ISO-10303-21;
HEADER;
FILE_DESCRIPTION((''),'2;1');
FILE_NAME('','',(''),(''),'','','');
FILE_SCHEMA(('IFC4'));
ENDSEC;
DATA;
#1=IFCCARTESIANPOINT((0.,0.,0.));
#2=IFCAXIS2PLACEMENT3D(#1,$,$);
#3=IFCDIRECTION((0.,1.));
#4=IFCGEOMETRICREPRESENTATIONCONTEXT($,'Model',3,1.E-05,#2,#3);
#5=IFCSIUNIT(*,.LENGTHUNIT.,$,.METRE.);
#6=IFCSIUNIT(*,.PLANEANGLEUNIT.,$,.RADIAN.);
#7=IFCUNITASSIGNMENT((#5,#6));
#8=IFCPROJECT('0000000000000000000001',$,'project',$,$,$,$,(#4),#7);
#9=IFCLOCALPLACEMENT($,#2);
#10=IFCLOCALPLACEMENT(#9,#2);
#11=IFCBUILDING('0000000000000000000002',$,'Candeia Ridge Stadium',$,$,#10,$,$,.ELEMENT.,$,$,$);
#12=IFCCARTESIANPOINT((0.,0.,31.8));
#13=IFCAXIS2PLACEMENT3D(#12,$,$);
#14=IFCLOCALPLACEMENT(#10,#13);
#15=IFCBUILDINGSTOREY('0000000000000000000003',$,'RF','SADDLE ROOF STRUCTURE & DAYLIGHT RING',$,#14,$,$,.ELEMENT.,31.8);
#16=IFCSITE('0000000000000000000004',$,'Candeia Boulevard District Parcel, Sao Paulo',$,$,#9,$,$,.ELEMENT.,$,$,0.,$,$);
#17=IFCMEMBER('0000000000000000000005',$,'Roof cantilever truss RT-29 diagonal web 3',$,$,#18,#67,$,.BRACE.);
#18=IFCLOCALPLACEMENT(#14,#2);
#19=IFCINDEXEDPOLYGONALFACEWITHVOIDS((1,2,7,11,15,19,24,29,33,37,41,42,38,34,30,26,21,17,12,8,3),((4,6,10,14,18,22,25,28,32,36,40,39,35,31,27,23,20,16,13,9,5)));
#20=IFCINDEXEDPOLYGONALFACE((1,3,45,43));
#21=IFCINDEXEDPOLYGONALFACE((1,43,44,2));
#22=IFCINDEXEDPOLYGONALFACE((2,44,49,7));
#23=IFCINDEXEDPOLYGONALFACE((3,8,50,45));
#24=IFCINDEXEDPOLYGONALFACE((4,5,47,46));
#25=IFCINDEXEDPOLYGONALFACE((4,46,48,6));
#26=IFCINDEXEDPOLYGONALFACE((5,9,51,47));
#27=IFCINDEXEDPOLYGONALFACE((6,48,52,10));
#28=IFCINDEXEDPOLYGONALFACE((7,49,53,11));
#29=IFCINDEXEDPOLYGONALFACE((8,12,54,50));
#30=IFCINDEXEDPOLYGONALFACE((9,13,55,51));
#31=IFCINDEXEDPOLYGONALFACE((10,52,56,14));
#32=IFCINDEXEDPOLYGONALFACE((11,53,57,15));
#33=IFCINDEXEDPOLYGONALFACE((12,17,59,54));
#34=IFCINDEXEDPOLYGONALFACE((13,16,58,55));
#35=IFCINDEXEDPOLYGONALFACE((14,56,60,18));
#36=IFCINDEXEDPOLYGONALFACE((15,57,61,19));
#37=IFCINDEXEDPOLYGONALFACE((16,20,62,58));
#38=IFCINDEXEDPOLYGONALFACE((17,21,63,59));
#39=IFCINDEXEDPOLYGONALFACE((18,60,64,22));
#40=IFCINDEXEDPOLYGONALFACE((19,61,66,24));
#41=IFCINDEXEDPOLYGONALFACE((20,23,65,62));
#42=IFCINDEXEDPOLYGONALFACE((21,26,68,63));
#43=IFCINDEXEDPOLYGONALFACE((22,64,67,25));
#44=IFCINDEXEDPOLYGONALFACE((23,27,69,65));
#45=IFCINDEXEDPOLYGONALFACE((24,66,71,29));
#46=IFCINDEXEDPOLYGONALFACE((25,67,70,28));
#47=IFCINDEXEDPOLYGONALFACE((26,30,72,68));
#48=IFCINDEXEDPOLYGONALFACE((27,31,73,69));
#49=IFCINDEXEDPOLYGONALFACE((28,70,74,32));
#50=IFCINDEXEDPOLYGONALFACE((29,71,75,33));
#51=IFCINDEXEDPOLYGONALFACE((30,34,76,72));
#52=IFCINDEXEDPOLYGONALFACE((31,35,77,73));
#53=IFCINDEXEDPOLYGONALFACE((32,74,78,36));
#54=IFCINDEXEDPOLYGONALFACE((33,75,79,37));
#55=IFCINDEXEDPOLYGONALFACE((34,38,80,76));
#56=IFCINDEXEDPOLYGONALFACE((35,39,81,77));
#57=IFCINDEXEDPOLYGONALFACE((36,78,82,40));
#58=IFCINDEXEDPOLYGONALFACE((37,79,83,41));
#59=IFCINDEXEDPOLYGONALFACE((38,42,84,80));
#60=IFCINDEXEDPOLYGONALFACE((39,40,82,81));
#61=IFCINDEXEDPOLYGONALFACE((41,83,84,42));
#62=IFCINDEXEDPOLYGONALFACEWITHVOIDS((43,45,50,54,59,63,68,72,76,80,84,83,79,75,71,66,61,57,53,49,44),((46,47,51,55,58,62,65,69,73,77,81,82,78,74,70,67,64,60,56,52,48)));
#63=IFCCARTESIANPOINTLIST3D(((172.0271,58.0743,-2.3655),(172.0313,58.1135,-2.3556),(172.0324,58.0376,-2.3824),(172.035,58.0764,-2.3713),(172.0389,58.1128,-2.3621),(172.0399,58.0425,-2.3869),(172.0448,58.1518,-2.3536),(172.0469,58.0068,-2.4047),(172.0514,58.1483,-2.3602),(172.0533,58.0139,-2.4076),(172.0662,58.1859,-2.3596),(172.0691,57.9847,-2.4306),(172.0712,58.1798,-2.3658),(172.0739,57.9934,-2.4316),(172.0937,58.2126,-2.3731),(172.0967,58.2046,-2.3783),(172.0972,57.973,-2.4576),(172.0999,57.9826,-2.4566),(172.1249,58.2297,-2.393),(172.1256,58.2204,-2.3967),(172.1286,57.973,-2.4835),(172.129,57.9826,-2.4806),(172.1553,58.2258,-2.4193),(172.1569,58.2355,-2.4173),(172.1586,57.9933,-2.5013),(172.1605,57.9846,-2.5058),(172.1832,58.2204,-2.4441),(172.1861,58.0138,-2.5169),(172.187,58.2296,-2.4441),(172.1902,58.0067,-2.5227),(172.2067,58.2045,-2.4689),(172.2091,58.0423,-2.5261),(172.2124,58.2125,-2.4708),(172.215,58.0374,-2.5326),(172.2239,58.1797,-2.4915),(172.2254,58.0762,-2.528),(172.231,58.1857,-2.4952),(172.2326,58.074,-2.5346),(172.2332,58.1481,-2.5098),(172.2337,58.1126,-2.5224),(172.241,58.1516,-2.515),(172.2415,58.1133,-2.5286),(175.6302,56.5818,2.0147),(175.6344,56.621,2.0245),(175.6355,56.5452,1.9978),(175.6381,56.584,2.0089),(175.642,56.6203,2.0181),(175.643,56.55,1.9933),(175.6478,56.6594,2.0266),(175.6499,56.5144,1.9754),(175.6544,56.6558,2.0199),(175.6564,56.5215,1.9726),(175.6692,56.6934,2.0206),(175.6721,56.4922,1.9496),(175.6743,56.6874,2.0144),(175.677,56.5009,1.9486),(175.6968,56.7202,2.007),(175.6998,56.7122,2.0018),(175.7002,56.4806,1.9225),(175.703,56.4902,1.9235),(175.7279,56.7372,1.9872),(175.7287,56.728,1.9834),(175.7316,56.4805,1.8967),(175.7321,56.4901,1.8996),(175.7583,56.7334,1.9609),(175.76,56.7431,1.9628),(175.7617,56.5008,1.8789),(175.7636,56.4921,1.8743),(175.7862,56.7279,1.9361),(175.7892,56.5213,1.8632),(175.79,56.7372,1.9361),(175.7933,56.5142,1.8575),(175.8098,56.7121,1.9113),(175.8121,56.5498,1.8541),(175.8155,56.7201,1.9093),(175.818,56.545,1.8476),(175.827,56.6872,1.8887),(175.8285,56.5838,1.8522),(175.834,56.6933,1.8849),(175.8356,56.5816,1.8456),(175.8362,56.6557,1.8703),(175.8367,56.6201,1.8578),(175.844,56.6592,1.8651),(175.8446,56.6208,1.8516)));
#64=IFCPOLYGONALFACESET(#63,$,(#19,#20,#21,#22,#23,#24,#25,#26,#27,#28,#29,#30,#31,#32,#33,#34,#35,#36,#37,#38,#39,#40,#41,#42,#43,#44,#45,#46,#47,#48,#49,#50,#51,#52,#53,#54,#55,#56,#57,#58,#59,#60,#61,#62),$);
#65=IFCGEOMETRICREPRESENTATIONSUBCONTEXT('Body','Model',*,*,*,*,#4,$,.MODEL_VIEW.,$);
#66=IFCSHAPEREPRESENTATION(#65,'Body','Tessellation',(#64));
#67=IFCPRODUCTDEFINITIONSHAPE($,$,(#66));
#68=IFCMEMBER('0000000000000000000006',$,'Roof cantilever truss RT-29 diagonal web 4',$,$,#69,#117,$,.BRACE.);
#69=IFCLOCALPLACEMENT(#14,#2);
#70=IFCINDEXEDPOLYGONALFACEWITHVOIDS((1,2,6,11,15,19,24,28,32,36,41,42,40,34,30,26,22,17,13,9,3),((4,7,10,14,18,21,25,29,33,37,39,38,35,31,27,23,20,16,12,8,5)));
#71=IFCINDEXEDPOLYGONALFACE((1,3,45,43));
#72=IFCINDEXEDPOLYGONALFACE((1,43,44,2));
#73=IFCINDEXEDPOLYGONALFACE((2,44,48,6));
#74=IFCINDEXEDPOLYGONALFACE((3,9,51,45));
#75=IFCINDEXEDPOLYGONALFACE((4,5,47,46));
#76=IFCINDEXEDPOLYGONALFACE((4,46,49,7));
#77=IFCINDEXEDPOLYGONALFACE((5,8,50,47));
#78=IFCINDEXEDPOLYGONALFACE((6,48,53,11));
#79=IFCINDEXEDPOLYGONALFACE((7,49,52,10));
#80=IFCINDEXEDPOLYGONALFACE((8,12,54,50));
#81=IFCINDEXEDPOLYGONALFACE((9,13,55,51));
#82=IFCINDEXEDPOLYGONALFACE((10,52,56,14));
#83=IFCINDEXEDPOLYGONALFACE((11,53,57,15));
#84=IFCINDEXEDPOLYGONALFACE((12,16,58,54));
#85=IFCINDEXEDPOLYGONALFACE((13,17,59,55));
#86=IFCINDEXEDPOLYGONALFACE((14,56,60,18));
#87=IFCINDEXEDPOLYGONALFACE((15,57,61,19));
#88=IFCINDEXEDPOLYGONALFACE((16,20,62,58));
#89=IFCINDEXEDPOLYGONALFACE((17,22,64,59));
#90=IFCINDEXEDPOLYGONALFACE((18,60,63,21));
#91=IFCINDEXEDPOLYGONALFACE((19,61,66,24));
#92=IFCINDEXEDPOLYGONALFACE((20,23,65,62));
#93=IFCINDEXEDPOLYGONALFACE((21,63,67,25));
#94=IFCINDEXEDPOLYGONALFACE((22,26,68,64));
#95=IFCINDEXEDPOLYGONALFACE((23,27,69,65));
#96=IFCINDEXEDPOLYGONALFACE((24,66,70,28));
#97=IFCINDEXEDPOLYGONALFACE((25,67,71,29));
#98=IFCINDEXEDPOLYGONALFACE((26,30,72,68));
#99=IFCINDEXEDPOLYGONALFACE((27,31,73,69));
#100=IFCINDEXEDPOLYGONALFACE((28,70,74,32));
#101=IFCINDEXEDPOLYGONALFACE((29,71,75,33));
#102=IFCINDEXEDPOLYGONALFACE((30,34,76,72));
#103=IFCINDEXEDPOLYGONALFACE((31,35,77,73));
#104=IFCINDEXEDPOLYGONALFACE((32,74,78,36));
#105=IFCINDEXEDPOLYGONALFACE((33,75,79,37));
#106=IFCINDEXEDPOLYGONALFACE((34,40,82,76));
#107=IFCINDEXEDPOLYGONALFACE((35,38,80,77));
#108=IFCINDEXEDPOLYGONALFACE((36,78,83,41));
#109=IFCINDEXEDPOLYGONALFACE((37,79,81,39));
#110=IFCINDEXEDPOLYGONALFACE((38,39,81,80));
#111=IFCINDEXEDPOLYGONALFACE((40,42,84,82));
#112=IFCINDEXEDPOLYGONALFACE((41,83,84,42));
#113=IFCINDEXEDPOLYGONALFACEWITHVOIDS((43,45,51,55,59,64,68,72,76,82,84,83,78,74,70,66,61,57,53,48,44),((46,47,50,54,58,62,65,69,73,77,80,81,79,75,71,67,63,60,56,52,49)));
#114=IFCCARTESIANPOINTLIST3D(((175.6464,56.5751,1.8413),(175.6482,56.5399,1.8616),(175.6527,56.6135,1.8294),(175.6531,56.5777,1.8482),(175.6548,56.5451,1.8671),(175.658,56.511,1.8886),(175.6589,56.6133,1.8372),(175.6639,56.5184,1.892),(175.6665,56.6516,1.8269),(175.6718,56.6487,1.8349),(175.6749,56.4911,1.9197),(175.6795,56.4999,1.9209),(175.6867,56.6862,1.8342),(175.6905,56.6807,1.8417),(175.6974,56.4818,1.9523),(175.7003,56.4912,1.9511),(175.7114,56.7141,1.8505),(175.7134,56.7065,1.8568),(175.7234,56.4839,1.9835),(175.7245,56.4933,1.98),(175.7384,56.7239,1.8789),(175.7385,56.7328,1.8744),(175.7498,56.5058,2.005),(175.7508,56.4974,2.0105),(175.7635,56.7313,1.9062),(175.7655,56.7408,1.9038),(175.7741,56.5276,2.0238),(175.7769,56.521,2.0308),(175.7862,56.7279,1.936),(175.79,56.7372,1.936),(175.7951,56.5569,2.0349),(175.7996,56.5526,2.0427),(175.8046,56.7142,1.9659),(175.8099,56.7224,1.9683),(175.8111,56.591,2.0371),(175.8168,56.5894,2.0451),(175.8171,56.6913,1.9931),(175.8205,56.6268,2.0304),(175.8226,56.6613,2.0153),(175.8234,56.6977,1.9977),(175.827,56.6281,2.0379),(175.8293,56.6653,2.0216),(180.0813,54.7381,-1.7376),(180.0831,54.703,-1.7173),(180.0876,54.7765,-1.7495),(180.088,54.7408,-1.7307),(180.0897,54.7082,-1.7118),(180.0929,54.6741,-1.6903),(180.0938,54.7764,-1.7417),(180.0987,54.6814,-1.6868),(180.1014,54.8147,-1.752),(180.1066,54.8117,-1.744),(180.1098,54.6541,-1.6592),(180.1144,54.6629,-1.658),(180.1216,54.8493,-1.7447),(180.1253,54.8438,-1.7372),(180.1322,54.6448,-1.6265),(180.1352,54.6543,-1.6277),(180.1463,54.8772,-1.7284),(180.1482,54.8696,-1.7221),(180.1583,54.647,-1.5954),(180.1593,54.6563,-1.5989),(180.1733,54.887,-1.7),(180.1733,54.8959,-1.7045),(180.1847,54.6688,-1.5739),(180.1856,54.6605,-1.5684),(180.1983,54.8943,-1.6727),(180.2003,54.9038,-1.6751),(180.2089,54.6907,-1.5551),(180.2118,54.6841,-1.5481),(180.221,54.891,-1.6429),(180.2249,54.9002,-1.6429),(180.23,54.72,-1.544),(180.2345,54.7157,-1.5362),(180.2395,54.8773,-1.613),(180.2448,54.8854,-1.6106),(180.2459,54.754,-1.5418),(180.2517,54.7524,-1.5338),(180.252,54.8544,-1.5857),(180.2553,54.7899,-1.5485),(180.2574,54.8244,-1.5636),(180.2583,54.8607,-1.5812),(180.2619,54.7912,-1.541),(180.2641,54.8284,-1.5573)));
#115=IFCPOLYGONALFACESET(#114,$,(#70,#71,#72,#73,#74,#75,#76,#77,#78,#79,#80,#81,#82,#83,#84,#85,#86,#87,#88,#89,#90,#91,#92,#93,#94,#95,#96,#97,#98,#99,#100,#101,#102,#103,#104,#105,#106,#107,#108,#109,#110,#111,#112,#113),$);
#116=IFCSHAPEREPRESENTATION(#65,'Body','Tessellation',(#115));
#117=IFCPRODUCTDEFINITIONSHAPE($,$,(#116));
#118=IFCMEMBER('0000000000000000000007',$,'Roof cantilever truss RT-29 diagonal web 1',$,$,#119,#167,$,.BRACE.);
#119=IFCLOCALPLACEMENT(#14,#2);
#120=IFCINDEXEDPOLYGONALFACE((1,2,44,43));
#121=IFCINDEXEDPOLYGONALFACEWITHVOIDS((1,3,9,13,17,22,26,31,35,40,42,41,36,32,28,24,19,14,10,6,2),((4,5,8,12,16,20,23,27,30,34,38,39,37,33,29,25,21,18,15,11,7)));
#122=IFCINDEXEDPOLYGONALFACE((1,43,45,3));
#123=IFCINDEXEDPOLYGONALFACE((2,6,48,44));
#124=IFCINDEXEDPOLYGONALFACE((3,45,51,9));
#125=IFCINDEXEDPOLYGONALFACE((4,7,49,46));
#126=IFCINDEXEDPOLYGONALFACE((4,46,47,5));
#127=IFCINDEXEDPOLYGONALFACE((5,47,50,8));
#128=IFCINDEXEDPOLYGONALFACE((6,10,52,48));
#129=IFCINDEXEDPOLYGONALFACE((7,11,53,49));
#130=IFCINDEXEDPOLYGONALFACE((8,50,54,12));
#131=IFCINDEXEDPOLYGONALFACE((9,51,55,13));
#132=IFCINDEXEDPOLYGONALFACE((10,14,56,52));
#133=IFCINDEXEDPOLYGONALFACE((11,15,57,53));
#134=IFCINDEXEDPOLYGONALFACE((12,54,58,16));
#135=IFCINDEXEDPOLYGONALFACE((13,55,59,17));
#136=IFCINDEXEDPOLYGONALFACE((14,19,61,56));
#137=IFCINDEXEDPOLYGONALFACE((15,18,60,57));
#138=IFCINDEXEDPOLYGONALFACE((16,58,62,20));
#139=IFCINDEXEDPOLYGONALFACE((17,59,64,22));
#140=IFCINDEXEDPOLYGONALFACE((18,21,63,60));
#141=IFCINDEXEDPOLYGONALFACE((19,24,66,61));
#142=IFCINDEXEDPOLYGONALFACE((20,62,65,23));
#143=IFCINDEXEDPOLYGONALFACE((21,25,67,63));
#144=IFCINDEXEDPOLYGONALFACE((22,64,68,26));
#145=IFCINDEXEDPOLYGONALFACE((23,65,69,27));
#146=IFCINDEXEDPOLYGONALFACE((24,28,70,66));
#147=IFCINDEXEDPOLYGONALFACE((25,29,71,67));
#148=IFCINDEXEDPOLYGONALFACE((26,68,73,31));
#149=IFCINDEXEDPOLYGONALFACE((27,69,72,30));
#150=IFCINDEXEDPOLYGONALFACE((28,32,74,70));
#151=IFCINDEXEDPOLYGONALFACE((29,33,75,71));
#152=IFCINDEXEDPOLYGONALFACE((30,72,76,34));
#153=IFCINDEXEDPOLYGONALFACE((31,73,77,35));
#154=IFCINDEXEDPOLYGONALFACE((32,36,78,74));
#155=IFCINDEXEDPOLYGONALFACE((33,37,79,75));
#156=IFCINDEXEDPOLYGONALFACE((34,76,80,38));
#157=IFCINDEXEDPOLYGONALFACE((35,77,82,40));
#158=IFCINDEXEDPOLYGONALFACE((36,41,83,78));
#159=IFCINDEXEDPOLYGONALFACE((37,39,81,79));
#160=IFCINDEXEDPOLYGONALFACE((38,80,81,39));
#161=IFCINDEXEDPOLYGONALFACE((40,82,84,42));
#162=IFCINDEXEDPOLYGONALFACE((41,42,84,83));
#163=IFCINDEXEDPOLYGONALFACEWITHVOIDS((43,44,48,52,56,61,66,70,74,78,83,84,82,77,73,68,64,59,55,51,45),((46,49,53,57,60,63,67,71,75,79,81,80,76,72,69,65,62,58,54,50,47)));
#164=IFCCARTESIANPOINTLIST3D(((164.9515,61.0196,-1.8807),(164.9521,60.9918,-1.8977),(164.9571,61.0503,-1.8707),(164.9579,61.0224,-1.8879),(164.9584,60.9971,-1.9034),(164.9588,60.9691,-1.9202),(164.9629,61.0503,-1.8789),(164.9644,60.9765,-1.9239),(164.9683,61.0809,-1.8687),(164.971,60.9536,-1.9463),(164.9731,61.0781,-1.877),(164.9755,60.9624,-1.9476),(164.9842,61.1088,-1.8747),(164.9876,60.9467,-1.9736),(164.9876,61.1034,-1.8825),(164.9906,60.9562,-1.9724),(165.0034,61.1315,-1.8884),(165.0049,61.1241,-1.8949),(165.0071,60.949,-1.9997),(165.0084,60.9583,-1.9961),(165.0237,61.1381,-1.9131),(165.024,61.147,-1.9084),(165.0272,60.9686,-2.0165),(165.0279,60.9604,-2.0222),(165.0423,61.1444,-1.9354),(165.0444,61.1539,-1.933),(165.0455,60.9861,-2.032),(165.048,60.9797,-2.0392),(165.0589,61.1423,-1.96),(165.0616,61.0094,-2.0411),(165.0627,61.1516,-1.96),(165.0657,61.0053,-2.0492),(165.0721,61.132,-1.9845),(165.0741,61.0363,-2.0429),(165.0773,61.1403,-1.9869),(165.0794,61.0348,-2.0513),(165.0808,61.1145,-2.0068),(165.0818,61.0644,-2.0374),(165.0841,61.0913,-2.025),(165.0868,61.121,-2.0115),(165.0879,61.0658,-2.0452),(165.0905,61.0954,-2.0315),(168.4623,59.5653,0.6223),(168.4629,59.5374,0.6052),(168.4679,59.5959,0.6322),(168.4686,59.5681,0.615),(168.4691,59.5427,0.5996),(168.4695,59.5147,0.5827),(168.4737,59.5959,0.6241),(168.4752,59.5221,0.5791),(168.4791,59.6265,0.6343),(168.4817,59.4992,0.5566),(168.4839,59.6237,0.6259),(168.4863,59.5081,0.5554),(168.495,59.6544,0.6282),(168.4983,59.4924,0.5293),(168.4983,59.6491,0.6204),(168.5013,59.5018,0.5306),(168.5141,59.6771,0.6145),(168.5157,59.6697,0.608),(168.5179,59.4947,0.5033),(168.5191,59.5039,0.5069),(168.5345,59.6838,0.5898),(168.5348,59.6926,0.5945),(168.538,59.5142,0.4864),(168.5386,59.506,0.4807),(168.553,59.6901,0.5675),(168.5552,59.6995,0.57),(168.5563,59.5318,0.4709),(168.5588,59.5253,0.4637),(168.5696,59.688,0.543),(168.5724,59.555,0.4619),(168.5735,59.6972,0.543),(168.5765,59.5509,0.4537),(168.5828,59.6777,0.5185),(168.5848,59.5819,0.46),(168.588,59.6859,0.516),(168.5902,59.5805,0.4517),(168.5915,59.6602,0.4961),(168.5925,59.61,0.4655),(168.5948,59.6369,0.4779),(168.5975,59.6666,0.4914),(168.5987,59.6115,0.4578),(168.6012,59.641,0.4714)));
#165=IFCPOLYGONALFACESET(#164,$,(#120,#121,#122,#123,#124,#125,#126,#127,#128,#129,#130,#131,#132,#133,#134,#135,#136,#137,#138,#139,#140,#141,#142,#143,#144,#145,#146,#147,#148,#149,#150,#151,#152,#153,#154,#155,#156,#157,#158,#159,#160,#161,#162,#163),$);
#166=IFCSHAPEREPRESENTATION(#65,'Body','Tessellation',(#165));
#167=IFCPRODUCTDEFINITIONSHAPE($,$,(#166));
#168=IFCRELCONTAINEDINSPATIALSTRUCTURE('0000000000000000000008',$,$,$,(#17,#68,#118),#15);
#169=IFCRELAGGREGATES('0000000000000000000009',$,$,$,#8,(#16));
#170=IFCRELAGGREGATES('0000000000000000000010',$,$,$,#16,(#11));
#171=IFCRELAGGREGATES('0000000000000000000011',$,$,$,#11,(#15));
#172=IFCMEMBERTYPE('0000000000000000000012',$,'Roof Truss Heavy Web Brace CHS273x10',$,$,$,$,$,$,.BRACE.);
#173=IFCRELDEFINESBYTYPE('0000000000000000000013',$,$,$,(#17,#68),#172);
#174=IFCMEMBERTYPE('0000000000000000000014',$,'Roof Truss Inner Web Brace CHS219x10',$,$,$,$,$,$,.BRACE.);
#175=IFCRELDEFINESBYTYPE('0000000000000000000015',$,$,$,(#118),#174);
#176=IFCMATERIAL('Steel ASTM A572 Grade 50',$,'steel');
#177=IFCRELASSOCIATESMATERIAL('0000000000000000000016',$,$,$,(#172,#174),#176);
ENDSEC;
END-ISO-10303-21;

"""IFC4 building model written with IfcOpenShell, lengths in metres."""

from ifc_helpers import new_model, si_unit, direction, frame, origin, origin_2d, place, context, subcontext, project, spatial, hollow_circle, extrude, material, material_profile, profile_set, type_object, element, save


model = new_model("IFC4")

# Units and contexts
model_context = context("Model", 3, precision=1e-05, world=origin(), true_north=direction((0.0, 1.0)))
body_context = subcontext(model_context, "Body", "Model", "MODEL_VIEW")
ifc_project = project(units=[si_unit("LENGTHUNIT", "METRE"), si_unit("PLANEANGLEUNIT", "RADIAN")], contexts=[model_context])

# Site, building, storey
site_placement = place(None, origin())
site = spatial("IfcSite", under=ifc_project, at=site_placement, Name="Candeia Boulevard District Parcel, Sao Paulo", CompositionType="ELEMENT", RefElevation=0.0)
building_placement = place(site_placement, origin())
building = spatial("IfcBuilding", under=site, at=building_placement, Name="Candeia Ridge Stadium", CompositionType="ELEMENT")
storey_placement = place(building_placement, frame((0.0, 0.0, 31.8)))
storey = spatial("IfcBuildingStorey", under=building, at=storey_placement, Name="RF", Description="SADDLE ROOF STRUCTURE & DAYLIGHT RING", CompositionType="ELEMENT", Elevation=31.8)

# Shared definitions
ifc_material_1 = material(Name="Steel ASTM A572 Grade 50", Category="steel")

# Members
ifc_material_profile_1 = material_profile(ifc_material_1, hollow_circle(Radius=0.1365, WallThickness=0.01, at=origin_2d()), Name="CHS273x10", Category="steel")
ifc_profile_set_1 = profile_set([ifc_material_profile_1], Name="Steel ASTM A572 Grade 50")
member_type_1 = type_object("IfcMemberType", Name="Roof Truss Heavy Web Brace CHS273x10", PredefinedType="BRACE", material=ifc_profile_set_1)
member_1_placement = place(storey_placement, frame((172.1348, 58.1035, -2.4441), z_axis=(0.614359, -0.254477, 0.746863), x_axis=(0.382685, 0.923879, 0.0)))
element("IfcMember", 1, at=member_1_placement, inside=storey, type_object=member_type_1, Name="Roof cantilever truss RT-29 diagonal web 3", PredefinedType="BRACE", context=body_context, shape_type="SweptSolid", body=[
    extrude(hollow_circle(Radius=0.1365, WallThickness=0.01, at=origin_2d()), origin(), (0.0, 0.0, 1.0), 5.8647),
])
member_2_placement = place(storey_placement, frame((175.7378, 56.6111, 1.936), z_axis=(0.74068, -0.306792, -0.597722), x_axis=(0.382675, 0.923883, 0.0)))
element("IfcMember", 2, at=member_2_placement, inside=storey, type_object=member_type_1, Name="Roof cantilever truss RT-29 diagonal web 4", PredefinedType="BRACE", context=body_context, shape_type="SweptSolid", body=[
    extrude(hollow_circle(Radius=0.1365, WallThickness=0.01, at=origin_2d()), origin(), (0.0, 0.0, 1.0), 5.9875),
])
ifc_material_profile_2 = material_profile(ifc_material_1, hollow_circle(Radius=0.1096, WallThickness=0.01, at=origin_2d()), Name="CHS219x10", Category="steel")
ifc_profile_set_2 = profile_set([ifc_material_profile_2], Name="Steel ASTM A572 Grade 50")
member_type_2 = type_object("IfcMemberType", Name="Roof Truss Inner Web Brace CHS219x10", PredefinedType="BRACE", material=ifc_profile_set_2)
member_3_placement = place(storey_placement, frame((165.0208, 61.0503, -1.96), z_axis=(0.771543, -0.319616, 0.55006), x_axis=(0.382717, 0.923866, 0.0)))
element("IfcMember", 3, at=member_3_placement, inside=storey, type_object=member_type_2, Name="Roof cantilever truss RT-29 diagonal web 1", PredefinedType="BRACE", context=body_context, shape_type="SweptSolid", body=[
    extrude(hollow_circle(Radius=0.1096, WallThickness=0.01, at=origin_2d()), origin(), (0.0, 0.0, 1.0), 4.5503),
])

save(model, "model.ifc")
